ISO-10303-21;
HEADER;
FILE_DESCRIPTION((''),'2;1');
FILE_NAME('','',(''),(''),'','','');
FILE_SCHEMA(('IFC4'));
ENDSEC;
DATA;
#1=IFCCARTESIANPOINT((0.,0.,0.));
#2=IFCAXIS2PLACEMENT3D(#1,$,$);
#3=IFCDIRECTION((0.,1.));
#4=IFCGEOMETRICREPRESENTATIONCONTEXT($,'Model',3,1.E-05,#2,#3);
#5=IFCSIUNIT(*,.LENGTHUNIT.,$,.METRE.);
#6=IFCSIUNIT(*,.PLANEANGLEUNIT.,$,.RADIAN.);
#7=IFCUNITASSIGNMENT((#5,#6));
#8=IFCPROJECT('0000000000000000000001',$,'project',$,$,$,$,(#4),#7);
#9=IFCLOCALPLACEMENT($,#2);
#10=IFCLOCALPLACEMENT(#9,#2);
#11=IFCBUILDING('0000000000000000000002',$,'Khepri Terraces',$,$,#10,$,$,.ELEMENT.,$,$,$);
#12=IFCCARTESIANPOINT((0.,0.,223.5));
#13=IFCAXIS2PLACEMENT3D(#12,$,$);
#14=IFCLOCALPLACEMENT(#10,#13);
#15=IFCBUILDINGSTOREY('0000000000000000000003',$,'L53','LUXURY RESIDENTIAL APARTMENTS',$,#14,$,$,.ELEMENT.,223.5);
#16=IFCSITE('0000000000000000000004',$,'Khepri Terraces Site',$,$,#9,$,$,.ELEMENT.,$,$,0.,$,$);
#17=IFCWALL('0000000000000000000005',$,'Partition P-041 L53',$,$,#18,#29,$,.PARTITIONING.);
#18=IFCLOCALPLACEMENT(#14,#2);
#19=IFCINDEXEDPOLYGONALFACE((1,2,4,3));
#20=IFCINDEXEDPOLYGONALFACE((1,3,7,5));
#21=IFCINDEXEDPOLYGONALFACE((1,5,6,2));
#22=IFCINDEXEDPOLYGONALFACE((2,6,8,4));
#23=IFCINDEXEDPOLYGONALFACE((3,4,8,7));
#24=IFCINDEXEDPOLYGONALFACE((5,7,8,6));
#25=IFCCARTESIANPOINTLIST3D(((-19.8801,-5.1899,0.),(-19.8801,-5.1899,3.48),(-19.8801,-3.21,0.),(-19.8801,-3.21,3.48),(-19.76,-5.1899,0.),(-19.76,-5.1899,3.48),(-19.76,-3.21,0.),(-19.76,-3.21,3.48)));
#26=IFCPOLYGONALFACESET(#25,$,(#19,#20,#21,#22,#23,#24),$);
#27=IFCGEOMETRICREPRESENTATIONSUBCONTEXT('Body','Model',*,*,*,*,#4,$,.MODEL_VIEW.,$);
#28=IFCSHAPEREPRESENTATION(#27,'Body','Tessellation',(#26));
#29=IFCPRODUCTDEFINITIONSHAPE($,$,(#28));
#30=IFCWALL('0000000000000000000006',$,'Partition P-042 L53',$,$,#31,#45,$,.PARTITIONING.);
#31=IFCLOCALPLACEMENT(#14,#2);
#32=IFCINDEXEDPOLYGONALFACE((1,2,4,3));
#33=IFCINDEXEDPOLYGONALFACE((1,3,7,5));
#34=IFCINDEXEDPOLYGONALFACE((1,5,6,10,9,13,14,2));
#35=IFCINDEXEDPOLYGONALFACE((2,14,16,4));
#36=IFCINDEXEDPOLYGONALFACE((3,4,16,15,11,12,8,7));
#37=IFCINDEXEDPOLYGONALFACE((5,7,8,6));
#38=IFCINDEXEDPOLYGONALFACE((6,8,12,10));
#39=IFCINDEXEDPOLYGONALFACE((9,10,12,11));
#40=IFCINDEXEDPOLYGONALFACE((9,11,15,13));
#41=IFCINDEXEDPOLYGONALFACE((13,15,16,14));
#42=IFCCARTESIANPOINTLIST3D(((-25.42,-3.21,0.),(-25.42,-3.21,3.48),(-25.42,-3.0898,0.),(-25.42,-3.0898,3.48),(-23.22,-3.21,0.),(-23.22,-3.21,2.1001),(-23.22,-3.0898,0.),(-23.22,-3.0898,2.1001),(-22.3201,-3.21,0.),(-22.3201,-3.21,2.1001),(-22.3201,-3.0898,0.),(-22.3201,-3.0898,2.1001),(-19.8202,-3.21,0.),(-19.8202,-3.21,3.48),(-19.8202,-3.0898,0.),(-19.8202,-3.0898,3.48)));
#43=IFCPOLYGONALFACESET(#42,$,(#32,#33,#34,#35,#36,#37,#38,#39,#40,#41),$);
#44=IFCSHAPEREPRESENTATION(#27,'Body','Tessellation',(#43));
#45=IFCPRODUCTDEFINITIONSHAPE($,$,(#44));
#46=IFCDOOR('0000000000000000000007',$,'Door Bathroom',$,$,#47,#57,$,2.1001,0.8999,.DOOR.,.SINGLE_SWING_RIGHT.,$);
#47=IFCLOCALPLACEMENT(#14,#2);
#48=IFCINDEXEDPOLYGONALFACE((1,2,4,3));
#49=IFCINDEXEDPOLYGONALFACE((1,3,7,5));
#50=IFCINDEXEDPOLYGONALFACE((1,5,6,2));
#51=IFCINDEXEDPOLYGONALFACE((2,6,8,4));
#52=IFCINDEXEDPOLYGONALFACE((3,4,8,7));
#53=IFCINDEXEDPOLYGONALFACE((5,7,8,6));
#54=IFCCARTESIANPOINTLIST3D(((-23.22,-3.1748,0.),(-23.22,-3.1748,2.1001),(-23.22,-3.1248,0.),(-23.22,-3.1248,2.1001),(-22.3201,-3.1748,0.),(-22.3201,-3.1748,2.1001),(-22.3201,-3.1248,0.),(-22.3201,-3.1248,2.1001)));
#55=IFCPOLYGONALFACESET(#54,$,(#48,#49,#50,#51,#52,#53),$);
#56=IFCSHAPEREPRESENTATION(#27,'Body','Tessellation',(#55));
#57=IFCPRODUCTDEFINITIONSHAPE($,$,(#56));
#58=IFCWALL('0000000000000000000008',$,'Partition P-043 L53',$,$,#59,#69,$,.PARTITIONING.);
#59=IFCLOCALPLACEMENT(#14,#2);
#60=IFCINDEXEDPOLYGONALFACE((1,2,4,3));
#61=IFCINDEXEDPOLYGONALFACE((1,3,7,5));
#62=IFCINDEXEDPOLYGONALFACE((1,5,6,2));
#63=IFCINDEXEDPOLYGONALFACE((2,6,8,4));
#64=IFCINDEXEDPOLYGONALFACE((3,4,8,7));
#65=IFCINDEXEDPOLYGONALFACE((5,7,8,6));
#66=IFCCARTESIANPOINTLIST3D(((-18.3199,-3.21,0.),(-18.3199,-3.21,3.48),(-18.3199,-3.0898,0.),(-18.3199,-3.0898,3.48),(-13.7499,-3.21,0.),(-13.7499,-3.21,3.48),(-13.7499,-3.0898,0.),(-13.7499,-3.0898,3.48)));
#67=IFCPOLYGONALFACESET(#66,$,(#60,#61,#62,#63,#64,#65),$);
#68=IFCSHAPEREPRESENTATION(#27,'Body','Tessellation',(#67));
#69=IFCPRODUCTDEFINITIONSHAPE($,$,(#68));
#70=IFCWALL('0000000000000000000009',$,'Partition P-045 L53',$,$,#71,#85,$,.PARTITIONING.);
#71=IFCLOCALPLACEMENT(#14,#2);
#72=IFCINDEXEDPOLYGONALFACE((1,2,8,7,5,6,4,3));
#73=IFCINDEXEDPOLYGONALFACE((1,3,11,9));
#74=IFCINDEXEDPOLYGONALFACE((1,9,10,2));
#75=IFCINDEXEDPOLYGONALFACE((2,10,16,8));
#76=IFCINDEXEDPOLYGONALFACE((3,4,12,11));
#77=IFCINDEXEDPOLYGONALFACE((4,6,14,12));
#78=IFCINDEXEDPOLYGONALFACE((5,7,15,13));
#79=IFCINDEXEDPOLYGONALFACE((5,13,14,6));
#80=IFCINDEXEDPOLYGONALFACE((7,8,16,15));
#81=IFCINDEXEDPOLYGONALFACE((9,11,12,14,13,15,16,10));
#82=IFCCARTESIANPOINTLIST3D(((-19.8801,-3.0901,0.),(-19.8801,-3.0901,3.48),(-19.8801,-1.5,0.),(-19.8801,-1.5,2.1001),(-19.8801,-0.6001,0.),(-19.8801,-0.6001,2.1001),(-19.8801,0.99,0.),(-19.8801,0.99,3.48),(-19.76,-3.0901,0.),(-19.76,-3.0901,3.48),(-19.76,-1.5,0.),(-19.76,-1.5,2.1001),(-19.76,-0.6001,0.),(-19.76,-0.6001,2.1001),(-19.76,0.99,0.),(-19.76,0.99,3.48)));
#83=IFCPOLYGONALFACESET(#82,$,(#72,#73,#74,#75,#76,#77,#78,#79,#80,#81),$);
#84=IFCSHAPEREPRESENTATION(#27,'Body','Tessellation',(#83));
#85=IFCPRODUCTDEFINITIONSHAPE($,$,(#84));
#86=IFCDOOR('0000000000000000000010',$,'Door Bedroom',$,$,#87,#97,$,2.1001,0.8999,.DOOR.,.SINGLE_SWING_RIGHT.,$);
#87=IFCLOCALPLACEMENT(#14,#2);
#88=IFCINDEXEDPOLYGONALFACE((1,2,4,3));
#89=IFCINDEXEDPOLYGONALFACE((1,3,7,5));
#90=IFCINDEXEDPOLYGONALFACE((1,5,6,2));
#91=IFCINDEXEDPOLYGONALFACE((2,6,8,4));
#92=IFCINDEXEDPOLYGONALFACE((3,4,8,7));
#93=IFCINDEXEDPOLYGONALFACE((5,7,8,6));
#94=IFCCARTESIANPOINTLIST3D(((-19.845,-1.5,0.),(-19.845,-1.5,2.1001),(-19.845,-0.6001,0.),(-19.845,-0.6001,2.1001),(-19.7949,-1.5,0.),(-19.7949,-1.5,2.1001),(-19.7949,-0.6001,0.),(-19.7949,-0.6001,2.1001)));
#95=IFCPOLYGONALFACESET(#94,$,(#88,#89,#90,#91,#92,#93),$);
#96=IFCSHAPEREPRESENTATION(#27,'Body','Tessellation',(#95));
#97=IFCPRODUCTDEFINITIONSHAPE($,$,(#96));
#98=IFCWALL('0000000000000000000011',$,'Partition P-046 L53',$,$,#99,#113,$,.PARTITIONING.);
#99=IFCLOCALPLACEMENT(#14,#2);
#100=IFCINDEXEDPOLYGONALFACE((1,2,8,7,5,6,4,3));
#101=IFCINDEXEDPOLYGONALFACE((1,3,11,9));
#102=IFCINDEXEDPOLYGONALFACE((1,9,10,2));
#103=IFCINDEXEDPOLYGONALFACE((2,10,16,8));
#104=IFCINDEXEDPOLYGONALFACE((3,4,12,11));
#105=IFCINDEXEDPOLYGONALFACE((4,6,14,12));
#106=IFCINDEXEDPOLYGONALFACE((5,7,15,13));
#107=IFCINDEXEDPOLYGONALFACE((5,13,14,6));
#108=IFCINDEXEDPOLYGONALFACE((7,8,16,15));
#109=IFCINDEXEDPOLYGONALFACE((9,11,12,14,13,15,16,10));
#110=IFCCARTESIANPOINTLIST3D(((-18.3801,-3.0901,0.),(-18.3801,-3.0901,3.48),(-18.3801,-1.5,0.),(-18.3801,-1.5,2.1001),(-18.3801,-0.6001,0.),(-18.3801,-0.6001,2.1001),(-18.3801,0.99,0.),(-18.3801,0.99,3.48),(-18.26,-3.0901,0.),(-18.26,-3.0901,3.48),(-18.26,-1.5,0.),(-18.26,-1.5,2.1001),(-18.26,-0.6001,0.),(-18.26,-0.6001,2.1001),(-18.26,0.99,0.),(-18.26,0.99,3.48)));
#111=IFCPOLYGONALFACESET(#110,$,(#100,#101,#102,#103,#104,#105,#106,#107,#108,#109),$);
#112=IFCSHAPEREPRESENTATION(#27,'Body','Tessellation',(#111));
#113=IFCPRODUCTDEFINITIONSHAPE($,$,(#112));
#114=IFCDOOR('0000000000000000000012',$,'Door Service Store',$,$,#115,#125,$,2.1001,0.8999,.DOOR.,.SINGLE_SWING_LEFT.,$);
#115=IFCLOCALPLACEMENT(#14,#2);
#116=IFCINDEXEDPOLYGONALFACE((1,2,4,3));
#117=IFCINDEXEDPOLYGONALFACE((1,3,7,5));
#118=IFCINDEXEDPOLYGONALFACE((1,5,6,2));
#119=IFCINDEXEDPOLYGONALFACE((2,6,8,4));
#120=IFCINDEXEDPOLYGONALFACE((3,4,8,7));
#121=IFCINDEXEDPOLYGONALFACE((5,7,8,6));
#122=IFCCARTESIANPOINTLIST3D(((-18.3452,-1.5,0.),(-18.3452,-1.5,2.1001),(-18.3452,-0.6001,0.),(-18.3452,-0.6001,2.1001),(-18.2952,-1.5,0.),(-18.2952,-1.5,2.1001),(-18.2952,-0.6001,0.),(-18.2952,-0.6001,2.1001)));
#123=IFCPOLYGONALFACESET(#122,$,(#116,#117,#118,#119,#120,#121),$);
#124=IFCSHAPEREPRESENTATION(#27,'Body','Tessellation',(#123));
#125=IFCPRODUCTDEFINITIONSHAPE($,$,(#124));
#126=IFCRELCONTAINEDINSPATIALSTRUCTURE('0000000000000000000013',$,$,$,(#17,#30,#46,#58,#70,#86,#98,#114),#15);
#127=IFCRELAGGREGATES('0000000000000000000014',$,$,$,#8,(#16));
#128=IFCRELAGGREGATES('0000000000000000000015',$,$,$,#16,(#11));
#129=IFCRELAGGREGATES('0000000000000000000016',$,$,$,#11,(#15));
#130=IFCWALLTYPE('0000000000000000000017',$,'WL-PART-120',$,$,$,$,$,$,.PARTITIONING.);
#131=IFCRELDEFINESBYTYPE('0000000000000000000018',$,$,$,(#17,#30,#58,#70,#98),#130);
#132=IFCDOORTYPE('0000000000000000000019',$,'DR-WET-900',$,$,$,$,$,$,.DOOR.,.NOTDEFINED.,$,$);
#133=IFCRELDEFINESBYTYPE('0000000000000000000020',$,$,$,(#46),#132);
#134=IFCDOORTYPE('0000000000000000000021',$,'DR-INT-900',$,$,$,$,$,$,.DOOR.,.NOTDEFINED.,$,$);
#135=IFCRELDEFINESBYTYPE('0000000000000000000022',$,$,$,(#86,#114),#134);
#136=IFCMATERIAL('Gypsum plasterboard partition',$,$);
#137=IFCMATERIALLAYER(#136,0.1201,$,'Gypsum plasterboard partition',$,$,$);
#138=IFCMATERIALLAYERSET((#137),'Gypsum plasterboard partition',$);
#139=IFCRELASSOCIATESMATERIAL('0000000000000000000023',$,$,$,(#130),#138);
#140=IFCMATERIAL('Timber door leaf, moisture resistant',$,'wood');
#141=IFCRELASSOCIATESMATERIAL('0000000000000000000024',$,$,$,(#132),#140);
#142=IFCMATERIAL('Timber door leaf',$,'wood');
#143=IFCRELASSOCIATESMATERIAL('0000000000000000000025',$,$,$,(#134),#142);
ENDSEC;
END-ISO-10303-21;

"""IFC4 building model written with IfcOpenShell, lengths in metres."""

from ifc_helpers import new_model, si_unit, direction, frame, frame_2d, origin, place, context, subcontext, project, spatial, rectangle, extrude, material, layer, layer_set, type_object, element, fill, save


model = new_model("IFC4")

# Units and contexts
model_context = context("Model", 3, precision=1e-05, world=origin(), true_north=direction((0.0, 1.0)))
body_context = subcontext(model_context, "Body", "Model", "MODEL_VIEW")
ifc_project = project(units=[si_unit("LENGTHUNIT", "METRE"), si_unit("PLANEANGLEUNIT", "RADIAN")], contexts=[model_context])

# Site, building, storey
site_placement = place(None, origin())
site = spatial("IfcSite", under=ifc_project, at=site_placement, Name="Khepri Terraces Site", CompositionType="ELEMENT", RefElevation=0.0)
building_placement = place(site_placement, origin())
building = spatial("IfcBuilding", under=site, at=building_placement, Name="Khepri Terraces", CompositionType="ELEMENT")
storey_placement = place(building_placement, frame((0.0, 0.0, 223.5)))
storey = spatial("IfcBuildingStorey", under=building, at=storey_placement, Name="L53", Description="LUXURY RESIDENTIAL APARTMENTS", CompositionType="ELEMENT", Elevation=223.5)

# Shared definitions
ifc_material_1 = material(Name="Gypsum plasterboard partition")
ifc_layer_1 = layer(ifc_material_1, 0.1201, Name="Gypsum plasterboard partition")
ifc_layer_set_1 = layer_set([ifc_layer_1], Name="Gypsum plasterboard partition")
wall_type_1 = type_object("IfcWallType", Name="WL-PART-120", PredefinedType="PARTITIONING", material=ifc_layer_set_1)

# Shared definitions
ifc_material_2 = material(Name="Timber door leaf, moisture resistant", Category="wood")
door_type_1 = type_object("IfcDoorType", Name="DR-WET-900", OperationType="NOTDEFINED", PredefinedType="DOOR", material=ifc_material_2)

# Shared definitions
ifc_material_3 = material(Name="Timber door leaf", Category="wood")
door_type_2 = type_object("IfcDoorType", Name="DR-INT-900", OperationType="NOTDEFINED", PredefinedType="DOOR", material=ifc_material_3)

# Wall
wall_1_placement = place(storey_placement, frame((-19.8201, -5.1899, 0.0), z_axis=(0.0, 0.0, 1.0), x_axis=(0.0, 1.0, 0.0)))
element("IfcWall", 1, at=wall_1_placement, inside=storey, type_object=wall_type_1, Name="Partition P-041 L53", PredefinedType="PARTITIONING", context=body_context, shape_type="SweptSolid", body=[
    extrude(rectangle(XDim=1.98, YDim=0.1201, at=frame_2d((0.99, 0.0))), origin(), (0.0, 0.0, 1.0), 3.48),
])

# Wall, opening, door
wall_2_placement = place(storey_placement, frame((-25.4199, -3.1499, 0.0), z_axis=(0.0, 0.0, 1.0), x_axis=(1.0, 0.0, 0.0)))
wall_2 = element("IfcWall", 2, at=wall_2_placement, inside=storey, type_object=wall_type_1, Name="Partition P-042 L53", PredefinedType="PARTITIONING", context=body_context, shape_type="SweptSolid", body=[
    extrude(rectangle(XDim=5.5999, YDim=0.1201, at=frame_2d((2.7998, 0.0))), origin(), (0.0, 0.0, 1.0), 3.48),
])
opening_1_placement = place(wall_2_placement, frame((2.2, 0.0, 0.0)))
opening_1 = element("IfcOpeningElement", 3, at=opening_1_placement, cuts=wall_2, PredefinedType="OPENING", context=body_context, shape_type="SweptSolid", body=[
    extrude(rectangle(XDim=0.8999, YDim=2.1001, at=frame_2d((0.45, 1.05))), frame((0.0, 0.0701, 0.0), z_axis=(0.0, -1.0, 0.0), x_axis=(1.0, 0.0, 0.0)), (0.0, 0.0, 1.0), 0.1401),
])
door_1_placement = place(opening_1_placement, frame((0.8999, 0.0, 0.0), z_axis=(0.0, 0.0, 1.0), x_axis=(-1.0, 0.0, 0.0)))
door_1 = element("IfcDoor", 4, at=door_1_placement, inside=storey, type_object=door_type_1, Name="Door Bathroom", OperationType="SINGLE_SWING_RIGHT", OverallHeight=2.1001, OverallWidth=0.8999, PredefinedType="DOOR", context=body_context, shape_type="SweptSolid", body=[
    extrude(rectangle(XDim=0.8999, YDim=2.1001, at=frame_2d((0.45, 1.05))), frame((0.0, 0.0249, 0.0), z_axis=(0.0, -1.0, 0.0), x_axis=(1.0, 0.0, 0.0)), (0.0, 0.0, 1.0), 0.05),
])
fill(opening_1, door_1)

# Wall
wall_3_placement = place(storey_placement, frame((-18.3201, -3.1499, 0.0), z_axis=(0.0, 0.0, 1.0), x_axis=(1.0, 0.0, 0.0)))
element("IfcWall", 5, at=wall_3_placement, inside=storey, type_object=wall_type_1, Name="Partition P-043 L53", PredefinedType="PARTITIONING", context=body_context, shape_type="SweptSolid", body=[
    extrude(rectangle(XDim=4.5701, YDim=0.1201, at=frame_2d((2.2852, 0.0))), origin(), (0.0, 0.0, 1.0), 3.48),
])

# Walls, openings, doors
wall_4_placement = place(storey_placement, frame((-19.8201, -3.0901, 0.0), z_axis=(0.0, 0.0, 1.0), x_axis=(0.0, 1.0, 0.0)))
wall_4 = element("IfcWall", 6, at=wall_4_placement, inside=storey, type_object=wall_type_1, Name="Partition P-045 L53", PredefinedType="PARTITIONING", context=body_context, shape_type="SweptSolid", body=[
    extrude(rectangle(XDim=4.0801, YDim=0.1201, at=frame_2d((2.04, 0.0))), origin(), (0.0, 0.0, 1.0), 3.48),
])
opening_2_placement = place(wall_4_placement, frame((1.5901, 0.0, 0.0)))
opening_2 = element("IfcOpeningElement", 7, at=opening_2_placement, cuts=wall_4, PredefinedType="OPENING", context=body_context, shape_type="SweptSolid", body=[
    extrude(rectangle(XDim=0.8999, YDim=2.1001, at=frame_2d((0.45, 1.05))), frame((0.0, 0.0701, 0.0), z_axis=(0.0, -1.0, 0.0), x_axis=(1.0, 0.0, 0.0)), (0.0, 0.0, 1.0), 0.1401),
])
door_2_placement = place(opening_2_placement, origin())
door_2 = element("IfcDoor", 8, at=door_2_placement, inside=storey, type_object=door_type_2, Name="Door Bedroom", OperationType="SINGLE_SWING_RIGHT", OverallHeight=2.1001, OverallWidth=0.8999, PredefinedType="DOOR", context=body_context, shape_type="SweptSolid", body=[
    extrude(rectangle(XDim=0.8999, YDim=2.1001, at=frame_2d((0.45, 1.05))), frame((0.0, 0.0249, 0.0), z_axis=(0.0, -1.0, 0.0), x_axis=(1.0, 0.0, 0.0)), (0.0, 0.0, 1.0), 0.05),
])
fill(opening_2, door_2)
wall_5_placement = place(storey_placement, frame((-18.3201, -3.0901, 0.0), z_axis=(0.0, 0.0, 1.0), x_axis=(0.0, 1.0, 0.0)))
wall_5 = element("IfcWall", 9, at=wall_5_placement, inside=storey, type_object=wall_type_1, Name="Partition P-046 L53", PredefinedType="PARTITIONING", context=body_context, shape_type="SweptSolid", body=[
    extrude(rectangle(XDim=4.0801, YDim=0.1201, at=frame_2d((2.04, 0.0))), origin(), (0.0, 0.0, 1.0), 3.48),
])
opening_3_placement = place(wall_5_placement, frame((1.5901, 0.0, 0.0)))
opening_3 = element("IfcOpeningElement", 10, at=opening_3_placement, cuts=wall_5, PredefinedType="OPENING", context=body_context, shape_type="SweptSolid", body=[
    extrude(rectangle(XDim=0.8999, YDim=2.1001, at=frame_2d((0.45, 1.05))), frame((0.0, 0.0701, 0.0), z_axis=(0.0, -1.0, 0.0), x_axis=(1.0, 0.0, 0.0)), (0.0, 0.0, 1.0), 0.1401),
])
door_3_placement = place(opening_3_placement, frame((0.8999, 0.0, 0.0), z_axis=(0.0, 0.0, 1.0), x_axis=(-1.0, 0.0, 0.0)))
door_3 = element("IfcDoor", 11, at=door_3_placement, inside=storey, type_object=door_type_2, Name="Door Service Store", OperationType="SINGLE_SWING_LEFT", OverallHeight=2.1001, OverallWidth=0.8999, PredefinedType="DOOR", context=body_context, shape_type="SweptSolid", body=[
    extrude(rectangle(XDim=0.8999, YDim=2.1001, at=frame_2d((0.45, 1.05))), frame((0.0, 0.0249, 0.0), z_axis=(0.0, -1.0, 0.0), x_axis=(1.0, 0.0, 0.0)), (0.0, 0.0, 1.0), 0.05),
])
fill(opening_3, door_3)

save(model, "model.ifc")
